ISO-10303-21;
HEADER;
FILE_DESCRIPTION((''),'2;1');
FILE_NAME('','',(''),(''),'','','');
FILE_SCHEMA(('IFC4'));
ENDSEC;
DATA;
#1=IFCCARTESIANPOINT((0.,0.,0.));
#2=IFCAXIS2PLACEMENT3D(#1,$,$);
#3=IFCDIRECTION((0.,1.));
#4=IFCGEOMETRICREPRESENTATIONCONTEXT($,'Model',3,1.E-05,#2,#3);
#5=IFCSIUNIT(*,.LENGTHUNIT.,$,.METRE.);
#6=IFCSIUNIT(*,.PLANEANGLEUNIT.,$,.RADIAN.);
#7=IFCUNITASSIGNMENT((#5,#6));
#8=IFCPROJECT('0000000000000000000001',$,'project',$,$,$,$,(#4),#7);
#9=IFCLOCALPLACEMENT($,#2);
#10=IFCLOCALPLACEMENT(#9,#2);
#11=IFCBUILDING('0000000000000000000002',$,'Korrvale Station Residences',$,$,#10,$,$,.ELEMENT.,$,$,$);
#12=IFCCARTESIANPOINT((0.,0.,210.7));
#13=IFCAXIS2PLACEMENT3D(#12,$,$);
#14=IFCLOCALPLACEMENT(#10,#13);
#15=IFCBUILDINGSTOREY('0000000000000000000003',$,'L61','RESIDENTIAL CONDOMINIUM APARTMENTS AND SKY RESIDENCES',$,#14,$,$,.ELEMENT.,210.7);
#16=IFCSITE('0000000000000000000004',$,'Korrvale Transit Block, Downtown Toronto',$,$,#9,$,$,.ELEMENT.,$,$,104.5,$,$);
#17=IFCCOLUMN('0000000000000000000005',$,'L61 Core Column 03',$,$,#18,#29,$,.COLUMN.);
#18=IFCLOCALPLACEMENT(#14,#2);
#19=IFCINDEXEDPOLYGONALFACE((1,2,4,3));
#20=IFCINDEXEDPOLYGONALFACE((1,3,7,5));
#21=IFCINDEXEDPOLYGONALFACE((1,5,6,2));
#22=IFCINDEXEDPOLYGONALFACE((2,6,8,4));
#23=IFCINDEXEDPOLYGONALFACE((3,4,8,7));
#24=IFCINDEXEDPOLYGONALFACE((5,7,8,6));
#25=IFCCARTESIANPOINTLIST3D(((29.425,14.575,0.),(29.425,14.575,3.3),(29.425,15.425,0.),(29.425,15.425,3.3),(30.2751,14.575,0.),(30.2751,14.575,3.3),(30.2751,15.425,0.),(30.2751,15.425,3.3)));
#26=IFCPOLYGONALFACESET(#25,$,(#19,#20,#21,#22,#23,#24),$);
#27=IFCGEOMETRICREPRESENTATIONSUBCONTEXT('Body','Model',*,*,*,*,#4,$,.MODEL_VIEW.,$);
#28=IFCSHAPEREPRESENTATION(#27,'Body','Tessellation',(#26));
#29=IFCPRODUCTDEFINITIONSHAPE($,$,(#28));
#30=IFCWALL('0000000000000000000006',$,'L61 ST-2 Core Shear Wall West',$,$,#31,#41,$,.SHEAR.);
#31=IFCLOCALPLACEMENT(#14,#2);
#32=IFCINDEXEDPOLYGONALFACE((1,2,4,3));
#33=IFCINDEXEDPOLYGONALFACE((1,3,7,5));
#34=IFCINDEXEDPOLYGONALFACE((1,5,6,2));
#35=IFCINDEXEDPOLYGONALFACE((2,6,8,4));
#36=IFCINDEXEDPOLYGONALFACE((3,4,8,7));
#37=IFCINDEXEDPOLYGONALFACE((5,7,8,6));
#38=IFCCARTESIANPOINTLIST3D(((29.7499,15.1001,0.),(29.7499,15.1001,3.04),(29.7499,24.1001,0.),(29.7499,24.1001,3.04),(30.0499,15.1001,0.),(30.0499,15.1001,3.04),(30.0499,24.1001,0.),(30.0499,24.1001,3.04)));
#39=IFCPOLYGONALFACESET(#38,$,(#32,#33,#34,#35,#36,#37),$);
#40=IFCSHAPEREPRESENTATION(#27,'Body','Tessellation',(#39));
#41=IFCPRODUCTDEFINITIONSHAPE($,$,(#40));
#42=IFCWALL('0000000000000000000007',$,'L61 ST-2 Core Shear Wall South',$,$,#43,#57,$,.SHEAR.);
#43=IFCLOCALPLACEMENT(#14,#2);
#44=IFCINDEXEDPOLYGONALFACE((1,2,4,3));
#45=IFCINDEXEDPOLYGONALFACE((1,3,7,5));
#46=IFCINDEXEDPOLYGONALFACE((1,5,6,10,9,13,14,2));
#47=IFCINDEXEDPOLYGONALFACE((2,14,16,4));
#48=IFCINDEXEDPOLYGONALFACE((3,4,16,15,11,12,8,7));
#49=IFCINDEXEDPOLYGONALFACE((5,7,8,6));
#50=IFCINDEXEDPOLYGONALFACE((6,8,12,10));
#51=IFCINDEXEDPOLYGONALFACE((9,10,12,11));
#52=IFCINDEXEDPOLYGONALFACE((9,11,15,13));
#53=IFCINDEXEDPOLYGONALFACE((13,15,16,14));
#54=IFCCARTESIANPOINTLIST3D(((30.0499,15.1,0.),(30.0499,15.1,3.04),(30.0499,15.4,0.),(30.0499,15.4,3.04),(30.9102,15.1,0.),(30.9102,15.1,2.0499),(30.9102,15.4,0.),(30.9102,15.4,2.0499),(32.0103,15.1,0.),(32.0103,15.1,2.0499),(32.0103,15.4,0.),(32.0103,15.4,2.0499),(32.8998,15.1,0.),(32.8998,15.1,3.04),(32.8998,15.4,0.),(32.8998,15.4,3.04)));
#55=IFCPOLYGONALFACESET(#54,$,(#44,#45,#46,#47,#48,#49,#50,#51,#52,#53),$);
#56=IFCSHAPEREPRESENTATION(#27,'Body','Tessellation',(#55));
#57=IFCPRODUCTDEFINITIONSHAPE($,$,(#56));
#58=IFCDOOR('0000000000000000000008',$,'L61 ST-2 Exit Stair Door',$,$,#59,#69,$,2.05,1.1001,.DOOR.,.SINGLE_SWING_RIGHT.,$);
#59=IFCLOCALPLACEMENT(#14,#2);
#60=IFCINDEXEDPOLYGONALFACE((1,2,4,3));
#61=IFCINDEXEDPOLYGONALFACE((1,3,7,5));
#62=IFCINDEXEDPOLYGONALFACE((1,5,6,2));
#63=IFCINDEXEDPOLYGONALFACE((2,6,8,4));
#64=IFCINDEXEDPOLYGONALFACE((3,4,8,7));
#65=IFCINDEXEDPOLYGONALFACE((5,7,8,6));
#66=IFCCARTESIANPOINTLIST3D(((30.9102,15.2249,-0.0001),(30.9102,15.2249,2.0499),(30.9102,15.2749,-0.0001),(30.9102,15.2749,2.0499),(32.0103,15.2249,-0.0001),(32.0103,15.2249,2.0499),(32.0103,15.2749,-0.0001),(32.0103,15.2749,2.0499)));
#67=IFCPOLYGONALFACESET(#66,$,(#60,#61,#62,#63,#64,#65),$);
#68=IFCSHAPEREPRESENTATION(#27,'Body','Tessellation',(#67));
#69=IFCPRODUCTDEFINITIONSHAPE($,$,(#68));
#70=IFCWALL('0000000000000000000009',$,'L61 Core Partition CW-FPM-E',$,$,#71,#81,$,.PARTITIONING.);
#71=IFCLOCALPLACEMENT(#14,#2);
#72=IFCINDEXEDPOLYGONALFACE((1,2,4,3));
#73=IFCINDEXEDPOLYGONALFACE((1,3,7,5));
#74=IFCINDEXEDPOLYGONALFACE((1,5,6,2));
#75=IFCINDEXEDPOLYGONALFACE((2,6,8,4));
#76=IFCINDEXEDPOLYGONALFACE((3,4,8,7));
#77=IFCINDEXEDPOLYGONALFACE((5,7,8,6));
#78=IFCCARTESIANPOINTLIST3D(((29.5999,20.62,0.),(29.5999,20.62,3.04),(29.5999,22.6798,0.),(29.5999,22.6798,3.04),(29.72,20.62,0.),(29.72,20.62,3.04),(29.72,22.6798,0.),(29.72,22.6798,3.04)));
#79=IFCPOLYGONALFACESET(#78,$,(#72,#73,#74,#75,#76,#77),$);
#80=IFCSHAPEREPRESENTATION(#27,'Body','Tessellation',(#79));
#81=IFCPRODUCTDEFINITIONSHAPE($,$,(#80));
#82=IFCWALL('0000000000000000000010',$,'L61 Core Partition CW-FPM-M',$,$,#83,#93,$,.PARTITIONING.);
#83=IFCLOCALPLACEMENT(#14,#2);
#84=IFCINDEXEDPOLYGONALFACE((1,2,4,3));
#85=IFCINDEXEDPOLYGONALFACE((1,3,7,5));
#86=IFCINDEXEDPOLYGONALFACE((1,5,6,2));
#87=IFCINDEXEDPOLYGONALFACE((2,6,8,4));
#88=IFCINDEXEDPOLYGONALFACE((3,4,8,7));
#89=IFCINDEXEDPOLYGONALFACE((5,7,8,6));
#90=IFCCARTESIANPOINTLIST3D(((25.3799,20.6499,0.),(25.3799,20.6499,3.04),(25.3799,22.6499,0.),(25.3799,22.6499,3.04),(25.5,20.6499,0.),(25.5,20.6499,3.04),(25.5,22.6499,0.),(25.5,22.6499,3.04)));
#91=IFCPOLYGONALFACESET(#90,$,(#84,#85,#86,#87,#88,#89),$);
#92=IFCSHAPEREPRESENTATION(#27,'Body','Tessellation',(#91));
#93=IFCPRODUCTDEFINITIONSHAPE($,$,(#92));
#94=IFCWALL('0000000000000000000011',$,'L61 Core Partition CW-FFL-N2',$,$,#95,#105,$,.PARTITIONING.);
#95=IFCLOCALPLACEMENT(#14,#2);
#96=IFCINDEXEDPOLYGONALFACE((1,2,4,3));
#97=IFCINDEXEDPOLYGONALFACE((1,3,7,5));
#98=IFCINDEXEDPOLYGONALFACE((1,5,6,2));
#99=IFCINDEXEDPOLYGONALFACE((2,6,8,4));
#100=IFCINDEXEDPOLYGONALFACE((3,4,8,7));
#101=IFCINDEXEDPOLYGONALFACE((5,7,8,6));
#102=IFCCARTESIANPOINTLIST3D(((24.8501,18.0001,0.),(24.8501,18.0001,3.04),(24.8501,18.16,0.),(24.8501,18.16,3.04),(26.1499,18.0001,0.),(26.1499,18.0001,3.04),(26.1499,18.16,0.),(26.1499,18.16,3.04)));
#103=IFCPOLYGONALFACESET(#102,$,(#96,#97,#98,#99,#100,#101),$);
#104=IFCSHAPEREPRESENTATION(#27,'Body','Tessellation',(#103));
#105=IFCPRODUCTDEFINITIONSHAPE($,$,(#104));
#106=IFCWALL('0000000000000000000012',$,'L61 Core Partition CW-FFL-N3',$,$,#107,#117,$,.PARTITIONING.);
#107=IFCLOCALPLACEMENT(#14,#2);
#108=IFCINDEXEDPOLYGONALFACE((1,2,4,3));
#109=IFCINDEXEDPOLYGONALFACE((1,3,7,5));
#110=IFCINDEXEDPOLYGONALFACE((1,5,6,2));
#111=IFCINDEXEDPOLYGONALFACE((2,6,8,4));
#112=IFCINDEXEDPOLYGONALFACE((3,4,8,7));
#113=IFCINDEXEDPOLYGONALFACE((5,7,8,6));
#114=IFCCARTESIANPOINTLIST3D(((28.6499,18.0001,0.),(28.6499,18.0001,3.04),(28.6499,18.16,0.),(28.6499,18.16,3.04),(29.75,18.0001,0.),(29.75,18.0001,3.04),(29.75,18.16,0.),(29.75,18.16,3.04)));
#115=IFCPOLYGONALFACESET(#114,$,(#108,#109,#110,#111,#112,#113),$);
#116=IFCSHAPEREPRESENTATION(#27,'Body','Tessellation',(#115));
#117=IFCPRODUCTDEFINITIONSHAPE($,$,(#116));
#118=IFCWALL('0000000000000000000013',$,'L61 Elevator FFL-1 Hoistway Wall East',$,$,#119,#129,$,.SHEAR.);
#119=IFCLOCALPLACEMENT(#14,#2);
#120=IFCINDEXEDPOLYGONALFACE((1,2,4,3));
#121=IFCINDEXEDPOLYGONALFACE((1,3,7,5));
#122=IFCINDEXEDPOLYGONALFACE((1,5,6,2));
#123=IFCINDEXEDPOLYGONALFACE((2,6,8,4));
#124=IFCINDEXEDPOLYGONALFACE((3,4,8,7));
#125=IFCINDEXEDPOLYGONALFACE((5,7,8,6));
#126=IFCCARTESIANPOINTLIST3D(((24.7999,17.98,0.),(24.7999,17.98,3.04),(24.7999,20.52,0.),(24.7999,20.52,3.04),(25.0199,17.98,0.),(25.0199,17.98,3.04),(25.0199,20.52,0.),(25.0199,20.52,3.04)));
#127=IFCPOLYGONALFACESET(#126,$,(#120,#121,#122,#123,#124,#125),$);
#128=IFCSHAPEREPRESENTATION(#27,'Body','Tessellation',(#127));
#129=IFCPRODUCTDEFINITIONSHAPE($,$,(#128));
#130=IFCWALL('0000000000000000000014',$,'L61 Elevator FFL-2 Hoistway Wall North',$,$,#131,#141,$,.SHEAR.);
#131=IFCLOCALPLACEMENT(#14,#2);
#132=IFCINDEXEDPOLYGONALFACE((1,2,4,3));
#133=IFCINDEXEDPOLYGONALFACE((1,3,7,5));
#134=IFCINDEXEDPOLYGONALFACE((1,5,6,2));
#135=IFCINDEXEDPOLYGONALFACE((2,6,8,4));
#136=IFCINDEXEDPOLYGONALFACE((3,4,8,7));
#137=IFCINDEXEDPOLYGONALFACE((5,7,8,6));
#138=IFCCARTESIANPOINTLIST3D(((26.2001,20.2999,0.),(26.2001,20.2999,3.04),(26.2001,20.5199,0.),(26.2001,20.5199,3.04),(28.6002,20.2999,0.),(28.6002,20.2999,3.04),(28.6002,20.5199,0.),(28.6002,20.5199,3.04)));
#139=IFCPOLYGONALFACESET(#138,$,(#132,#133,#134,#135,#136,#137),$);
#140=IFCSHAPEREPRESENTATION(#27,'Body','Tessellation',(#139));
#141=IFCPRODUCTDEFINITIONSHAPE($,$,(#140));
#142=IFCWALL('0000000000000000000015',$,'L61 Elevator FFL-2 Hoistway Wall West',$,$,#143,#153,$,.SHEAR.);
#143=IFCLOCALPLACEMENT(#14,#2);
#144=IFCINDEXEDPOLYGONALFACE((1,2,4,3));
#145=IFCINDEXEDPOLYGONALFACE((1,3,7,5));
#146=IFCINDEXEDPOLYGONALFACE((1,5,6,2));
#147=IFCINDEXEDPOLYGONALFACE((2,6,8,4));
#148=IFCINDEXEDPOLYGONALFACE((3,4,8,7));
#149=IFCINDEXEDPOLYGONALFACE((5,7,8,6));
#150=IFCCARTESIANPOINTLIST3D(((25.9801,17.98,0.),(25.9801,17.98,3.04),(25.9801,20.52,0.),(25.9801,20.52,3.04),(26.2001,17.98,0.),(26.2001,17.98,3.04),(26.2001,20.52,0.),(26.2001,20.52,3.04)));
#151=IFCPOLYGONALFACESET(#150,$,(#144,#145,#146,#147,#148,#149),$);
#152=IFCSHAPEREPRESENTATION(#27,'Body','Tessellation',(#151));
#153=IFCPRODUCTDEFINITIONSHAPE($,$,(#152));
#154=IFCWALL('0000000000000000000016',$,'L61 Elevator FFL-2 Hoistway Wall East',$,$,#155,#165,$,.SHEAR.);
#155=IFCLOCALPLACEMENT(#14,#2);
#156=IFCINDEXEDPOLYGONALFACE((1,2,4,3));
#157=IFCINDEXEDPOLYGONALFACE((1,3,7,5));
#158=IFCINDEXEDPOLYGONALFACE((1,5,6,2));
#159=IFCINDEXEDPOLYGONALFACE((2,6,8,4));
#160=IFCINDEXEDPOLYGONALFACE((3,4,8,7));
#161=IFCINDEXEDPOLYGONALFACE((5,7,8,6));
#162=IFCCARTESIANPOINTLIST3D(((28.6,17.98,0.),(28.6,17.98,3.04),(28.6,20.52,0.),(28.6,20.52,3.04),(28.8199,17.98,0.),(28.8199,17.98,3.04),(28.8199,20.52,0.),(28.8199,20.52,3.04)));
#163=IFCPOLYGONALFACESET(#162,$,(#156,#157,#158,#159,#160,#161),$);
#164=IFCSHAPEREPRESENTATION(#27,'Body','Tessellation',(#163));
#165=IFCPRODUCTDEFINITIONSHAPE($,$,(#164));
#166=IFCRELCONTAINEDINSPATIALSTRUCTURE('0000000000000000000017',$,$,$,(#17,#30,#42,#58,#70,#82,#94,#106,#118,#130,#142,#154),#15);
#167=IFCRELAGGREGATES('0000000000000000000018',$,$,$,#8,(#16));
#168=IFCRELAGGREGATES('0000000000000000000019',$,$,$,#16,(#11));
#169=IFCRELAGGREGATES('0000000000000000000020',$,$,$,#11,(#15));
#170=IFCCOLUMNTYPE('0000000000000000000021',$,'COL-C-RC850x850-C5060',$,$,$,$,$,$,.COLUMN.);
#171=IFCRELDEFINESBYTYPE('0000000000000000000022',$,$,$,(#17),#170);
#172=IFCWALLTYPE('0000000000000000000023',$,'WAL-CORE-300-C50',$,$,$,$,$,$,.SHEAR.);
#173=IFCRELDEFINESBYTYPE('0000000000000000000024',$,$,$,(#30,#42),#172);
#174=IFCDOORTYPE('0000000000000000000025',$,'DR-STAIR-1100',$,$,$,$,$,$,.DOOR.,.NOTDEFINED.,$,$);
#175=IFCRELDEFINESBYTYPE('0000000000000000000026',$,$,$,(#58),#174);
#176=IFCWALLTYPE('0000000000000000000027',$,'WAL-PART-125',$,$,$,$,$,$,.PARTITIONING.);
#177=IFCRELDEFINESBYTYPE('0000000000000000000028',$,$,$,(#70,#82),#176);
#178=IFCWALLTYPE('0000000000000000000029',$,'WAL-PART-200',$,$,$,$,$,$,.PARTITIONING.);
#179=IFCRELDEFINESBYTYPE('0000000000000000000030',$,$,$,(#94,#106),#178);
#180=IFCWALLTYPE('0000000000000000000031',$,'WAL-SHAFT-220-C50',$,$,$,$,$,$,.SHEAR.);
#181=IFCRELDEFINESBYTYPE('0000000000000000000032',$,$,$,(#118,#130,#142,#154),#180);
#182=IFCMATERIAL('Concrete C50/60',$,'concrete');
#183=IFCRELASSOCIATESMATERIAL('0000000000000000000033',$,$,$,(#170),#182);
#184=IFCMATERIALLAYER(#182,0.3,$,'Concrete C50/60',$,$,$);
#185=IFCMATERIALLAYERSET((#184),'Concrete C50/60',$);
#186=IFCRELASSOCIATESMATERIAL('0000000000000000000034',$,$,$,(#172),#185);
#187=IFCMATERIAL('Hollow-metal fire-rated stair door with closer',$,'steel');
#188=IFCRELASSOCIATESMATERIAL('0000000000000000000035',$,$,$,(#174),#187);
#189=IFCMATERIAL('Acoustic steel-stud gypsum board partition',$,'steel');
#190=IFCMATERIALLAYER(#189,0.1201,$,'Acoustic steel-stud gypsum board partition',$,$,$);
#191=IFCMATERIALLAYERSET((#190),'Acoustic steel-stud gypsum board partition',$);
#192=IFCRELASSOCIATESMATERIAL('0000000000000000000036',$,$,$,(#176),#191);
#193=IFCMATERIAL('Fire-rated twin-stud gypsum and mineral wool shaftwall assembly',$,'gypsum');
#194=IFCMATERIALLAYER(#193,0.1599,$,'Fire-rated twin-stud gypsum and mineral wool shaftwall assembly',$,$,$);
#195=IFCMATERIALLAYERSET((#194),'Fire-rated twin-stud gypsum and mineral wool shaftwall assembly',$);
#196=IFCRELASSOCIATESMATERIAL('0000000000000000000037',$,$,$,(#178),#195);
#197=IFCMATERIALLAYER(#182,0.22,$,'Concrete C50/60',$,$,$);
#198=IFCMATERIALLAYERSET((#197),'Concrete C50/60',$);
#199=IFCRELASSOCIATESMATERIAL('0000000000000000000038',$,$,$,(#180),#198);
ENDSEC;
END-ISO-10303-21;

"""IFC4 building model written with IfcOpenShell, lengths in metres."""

from ifc_helpers import new_model, si_unit, direction, frame, frame_2d, origin, origin_2d, place, context, subcontext, project, spatial, rectangle, extrude, material, layer, layer_set, material_profile, profile_set, type_object, element, fill, save


model = new_model("IFC4")

# Units and contexts
model_context = context("Model", 3, precision=1e-05, world=origin(), true_north=direction((0.0, 1.0)))
body_context = subcontext(model_context, "Body", "Model", "MODEL_VIEW")
ifc_project = project(units=[si_unit("LENGTHUNIT", "METRE"), si_unit("PLANEANGLEUNIT", "RADIAN")], contexts=[model_context])

# Site, building, storey
site_placement = place(None, origin())
site = spatial("IfcSite", under=ifc_project, at=site_placement, Name="Korrvale Transit Block, Downtown Toronto", CompositionType="ELEMENT", RefElevation=104.5)
building_placement = place(site_placement, origin())
building = spatial("IfcBuilding", under=site, at=building_placement, Name="Korrvale Station Residences", CompositionType="ELEMENT")
storey_placement = place(building_placement, frame((0.0, 0.0, 210.7)))
storey = spatial("IfcBuildingStorey", under=building, at=storey_placement, Name="L61", Description="RESIDENTIAL CONDOMINIUM APARTMENTS AND SKY RESIDENCES", CompositionType="ELEMENT", Elevation=210.7)

# Column
ifc_material_1 = material(Name="Concrete C50/60", Category="concrete")
ifc_material_profile = material_profile(ifc_material_1, rectangle(XDim=0.8501, YDim=0.8501, at=origin_2d()), Name="RC850x850")
ifc_profile_set = profile_set([ifc_material_profile], Name="Concrete C50/60")
column_type = type_object("IfcColumnType", Name="COL-C-RC850x850-C5060", PredefinedType="COLUMN", material=ifc_profile_set)
column_placement = place(storey_placement, frame((29.8501, 15.0, 0.0), z_axis=(0.0, 0.0, 1.0), x_axis=(1.0, 0.0, 0.0)))
element("IfcColumn", 1, at=column_placement, inside=storey, type_object=column_type, Name="L61 Core Column 03", PredefinedType="COLUMN", context=body_context, shape_type="SweptSolid", body=[
    extrude(rectangle(XDim=0.8501, YDim=0.8501, at=origin_2d()), origin(), (0.0, 0.0, 1.0), 3.3),
])

# Wall
ifc_layer_1 = layer(ifc_material_1, 0.3, Name="Concrete C50/60")
ifc_layer_set_1 = layer_set([ifc_layer_1], Name="Concrete C50/60")
wall_type_1 = type_object("IfcWallType", Name="WAL-CORE-300-C50", PredefinedType="SHEAR", material=ifc_layer_set_1)
wall_1_placement = place(storey_placement, frame((29.8999, 15.1001, 0.0), z_axis=(0.0, 0.0, 1.0), x_axis=(0.0, 1.0, 0.0)))
element("IfcWall", 2, at=wall_1_placement, inside=storey, type_object=wall_type_1, Name="L61 ST-2 Core Shear Wall West", PredefinedType="SHEAR", context=body_context, shape_type="SweptSolid", body=[
    extrude(rectangle(XDim=9.0, YDim=0.3, at=frame_2d((4.5, 0.0))), origin(), (0.0, 0.0, 1.0), 3.04),
])

# Wall, opening, door
wall_2_placement = place(storey_placement, frame((30.05, 15.25, 0.0), z_axis=(0.0, 0.0, 1.0), x_axis=(1.0, 0.0, 0.0)))
wall_2 = element("IfcWall", 3, at=wall_2_placement, inside=storey, type_object=wall_type_1, Name="L61 ST-2 Core Shear Wall South", PredefinedType="SHEAR", context=body_context, shape_type="SweptSolid", body=[
    extrude(rectangle(XDim=2.8499, YDim=0.3, at=frame_2d((1.4248, 0.0))), origin(), (0.0, 0.0, 1.0), 3.04),
])
opening_1_placement = place(wall_2_placement, frame((0.8601, 0.0, 0.0)))
opening_1 = element("IfcOpeningElement", 4, at=opening_1_placement, cuts=wall_2, PredefinedType="OPENING", context=body_context, shape_type="SweptSolid", body=[
    extrude(rectangle(XDim=1.1001, YDim=2.05, at=frame_2d((0.55, 1.0249))), frame((0.0, 0.1602, 0.0), z_axis=(0.0, -1.0, 0.0), x_axis=(1.0, 0.0, 0.0)), (0.0, 0.0, 1.0), 0.3201),
])
ifc_material_2 = material(Name="Hollow-metal fire-rated stair door with closer", Category="steel")
door_type_1 = type_object("IfcDoorType", Name="DR-STAIR-1100", OperationType="NOTDEFINED", PredefinedType="DOOR", material=ifc_material_2)
door_1_placement = place(opening_1_placement, origin())
door_1 = element("IfcDoor", 5, at=door_1_placement, inside=storey, type_object=door_type_1, Name="L61 ST-2 Exit Stair Door", OperationType="SINGLE_SWING_RIGHT", OverallHeight=2.05, OverallWidth=1.1001, PredefinedType="DOOR", context=body_context, shape_type="SweptSolid", body=[
    extrude(rectangle(XDim=1.1001, YDim=2.05, at=frame_2d((0.55, 1.0249))), frame((0.0, 0.0249, 0.0), z_axis=(0.0, -1.0, 0.0), x_axis=(1.0, 0.0, 0.0)), (0.0, 0.0, 1.0), 0.05),
])
fill(opening_1, door_1)

# Walls
ifc_material_3 = material(Name="Acoustic steel-stud gypsum board partition", Category="steel")
ifc_layer_2 = layer(ifc_material_3, 0.1201, Name="Acoustic steel-stud gypsum board partition")
ifc_layer_set_2 = layer_set([ifc_layer_2], Name="Acoustic steel-stud gypsum board partition")
wall_type_2 = type_object("IfcWallType", Name="WAL-PART-125", PredefinedType="PARTITIONING", material=ifc_layer_set_2)
wall_3_placement = place(storey_placement, frame((29.6599, 20.6201, 0.0), z_axis=(0.0, 0.0, 1.0), x_axis=(0.0, 1.0, 0.0)))
element("IfcWall", 6, at=wall_3_placement, inside=storey, type_object=wall_type_2, Name="L61 Core Partition CW-FPM-E", PredefinedType="PARTITIONING", context=body_context, shape_type="SweptSolid", body=[
    extrude(rectangle(XDim=2.0598, YDim=0.1201, at=frame_2d((1.0298, 0.0))), origin(), (0.0, 0.0, 1.0), 3.04),
])
wall_4_placement = place(storey_placement, frame((25.4399, 20.6499, 0.0), z_axis=(0.0, 0.0, 1.0), x_axis=(0.0, 1.0, 0.0)))
element("IfcWall", 7, at=wall_4_placement, inside=storey, type_object=wall_type_2, Name="L61 Core Partition CW-FPM-M", PredefinedType="PARTITIONING", context=body_context, shape_type="SweptSolid", body=[
    extrude(rectangle(XDim=2.0, YDim=0.1201, at=frame_2d((1.0, 0.0))), origin(), (0.0, 0.0, 1.0), 3.04),
])
ifc_material_4 = material(Name="Fire-rated twin-stud gypsum and mineral wool shaftwall assembly", Category="gypsum")
ifc_layer_3 = layer(ifc_material_4, 0.1599, Name="Fire-rated twin-stud gypsum and mineral wool shaftwall assembly")
ifc_layer_set_3 = layer_set([ifc_layer_3], Name="Fire-rated twin-stud gypsum and mineral wool shaftwall assembly")
wall_type_3 = type_object("IfcWallType", Name="WAL-PART-200", PredefinedType="PARTITIONING", material=ifc_layer_set_3)
wall_5_placement = place(storey_placement, frame((24.8501, 18.0801, 0.0), z_axis=(0.0, 0.0, 1.0), x_axis=(1.0, 0.0, 0.0)))
element("IfcWall", 8, at=wall_5_placement, inside=storey, type_object=wall_type_3, Name="L61 Core Partition CW-FFL-N2", PredefinedType="PARTITIONING", context=body_context, shape_type="SweptSolid", body=[
    extrude(rectangle(XDim=1.2998, YDim=0.1599, at=frame_2d((0.6499, 0.0))), origin(), (0.0, 0.0, 1.0), 3.04),
])
wall_6_placement = place(storey_placement, frame((28.6499, 18.0801, 0.0), z_axis=(0.0, 0.0, 1.0), x_axis=(1.0, 0.0, 0.0)))
element("IfcWall", 9, at=wall_6_placement, inside=storey, type_object=wall_type_3, Name="L61 Core Partition CW-FFL-N3", PredefinedType="PARTITIONING", context=body_context, shape_type="SweptSolid", body=[
    extrude(rectangle(XDim=1.1001, YDim=0.1599, at=frame_2d((0.55, 0.0))), origin(), (0.0, 0.0, 1.0), 3.04),
])
ifc_layer_4 = layer(ifc_material_1, 0.22, Name="Concrete C50/60")
ifc_layer_set_4 = layer_set([ifc_layer_4], Name="Concrete C50/60")
wall_type_4 = type_object("IfcWallType", Name="WAL-SHAFT-220-C50", PredefinedType="SHEAR", material=ifc_layer_set_4)
wall_7_placement = place(storey_placement, frame((24.9099, 17.98, 0.0), z_axis=(0.0, 0.0, 1.0), x_axis=(0.0, 1.0, 0.0)))
element("IfcWall", 10, at=wall_7_placement, inside=storey, type_object=wall_type_4, Name="L61 Elevator FFL-1 Hoistway Wall East", PredefinedType="SHEAR", context=body_context, shape_type="SweptSolid", body=[
    extrude(rectangle(XDim=2.54, YDim=0.22, at=frame_2d((1.27, 0.0))), origin(), (0.0, 0.0, 1.0), 3.04),
])

# Walls
wall_8_placement = place(storey_placement, frame((26.2, 20.4099, 0.0), z_axis=(0.0, 0.0, 1.0), x_axis=(1.0, 0.0, 0.0)))
element("IfcWall", 11, at=wall_8_placement, inside=storey, type_object=wall_type_4, Name="L61 Elevator FFL-2 Hoistway Wall North", PredefinedType="SHEAR", context=body_context, shape_type="SweptSolid", body=[
    extrude(rectangle(XDim=2.4001, YDim=0.22, at=frame_2d((1.2002, 0.0))), origin(), (0.0, 0.0, 1.0), 3.04),
])
for number, where, z_axis, x_axis, name in (
    (12, (26.0901, 17.98, 0.0), (0.0, 0.0, 1.0), (0.0, 1.0, 0.0), "L61 Elevator FFL-2 Hoistway Wall West"),
    (13, (28.71, 17.98, 0.0), (0.0, 0.0, 1.0), (0.0, 1.0, 0.0), "L61 Elevator FFL-2 Hoistway Wall East"),
):
    element("IfcWall", number, at=place(storey_placement, frame(where, z_axis=z_axis, x_axis=x_axis)), inside=storey, type_object=wall_type_4, Name=name, PredefinedType="SHEAR", context=body_context, shape_type="SweptSolid", body=[
        extrude(rectangle(XDim=2.54, YDim=0.22, at=frame_2d((1.27, 0.0))), origin(), (0.0, 0.0, 1.0), 3.04),
    ])

save(model, "model.ifc")
